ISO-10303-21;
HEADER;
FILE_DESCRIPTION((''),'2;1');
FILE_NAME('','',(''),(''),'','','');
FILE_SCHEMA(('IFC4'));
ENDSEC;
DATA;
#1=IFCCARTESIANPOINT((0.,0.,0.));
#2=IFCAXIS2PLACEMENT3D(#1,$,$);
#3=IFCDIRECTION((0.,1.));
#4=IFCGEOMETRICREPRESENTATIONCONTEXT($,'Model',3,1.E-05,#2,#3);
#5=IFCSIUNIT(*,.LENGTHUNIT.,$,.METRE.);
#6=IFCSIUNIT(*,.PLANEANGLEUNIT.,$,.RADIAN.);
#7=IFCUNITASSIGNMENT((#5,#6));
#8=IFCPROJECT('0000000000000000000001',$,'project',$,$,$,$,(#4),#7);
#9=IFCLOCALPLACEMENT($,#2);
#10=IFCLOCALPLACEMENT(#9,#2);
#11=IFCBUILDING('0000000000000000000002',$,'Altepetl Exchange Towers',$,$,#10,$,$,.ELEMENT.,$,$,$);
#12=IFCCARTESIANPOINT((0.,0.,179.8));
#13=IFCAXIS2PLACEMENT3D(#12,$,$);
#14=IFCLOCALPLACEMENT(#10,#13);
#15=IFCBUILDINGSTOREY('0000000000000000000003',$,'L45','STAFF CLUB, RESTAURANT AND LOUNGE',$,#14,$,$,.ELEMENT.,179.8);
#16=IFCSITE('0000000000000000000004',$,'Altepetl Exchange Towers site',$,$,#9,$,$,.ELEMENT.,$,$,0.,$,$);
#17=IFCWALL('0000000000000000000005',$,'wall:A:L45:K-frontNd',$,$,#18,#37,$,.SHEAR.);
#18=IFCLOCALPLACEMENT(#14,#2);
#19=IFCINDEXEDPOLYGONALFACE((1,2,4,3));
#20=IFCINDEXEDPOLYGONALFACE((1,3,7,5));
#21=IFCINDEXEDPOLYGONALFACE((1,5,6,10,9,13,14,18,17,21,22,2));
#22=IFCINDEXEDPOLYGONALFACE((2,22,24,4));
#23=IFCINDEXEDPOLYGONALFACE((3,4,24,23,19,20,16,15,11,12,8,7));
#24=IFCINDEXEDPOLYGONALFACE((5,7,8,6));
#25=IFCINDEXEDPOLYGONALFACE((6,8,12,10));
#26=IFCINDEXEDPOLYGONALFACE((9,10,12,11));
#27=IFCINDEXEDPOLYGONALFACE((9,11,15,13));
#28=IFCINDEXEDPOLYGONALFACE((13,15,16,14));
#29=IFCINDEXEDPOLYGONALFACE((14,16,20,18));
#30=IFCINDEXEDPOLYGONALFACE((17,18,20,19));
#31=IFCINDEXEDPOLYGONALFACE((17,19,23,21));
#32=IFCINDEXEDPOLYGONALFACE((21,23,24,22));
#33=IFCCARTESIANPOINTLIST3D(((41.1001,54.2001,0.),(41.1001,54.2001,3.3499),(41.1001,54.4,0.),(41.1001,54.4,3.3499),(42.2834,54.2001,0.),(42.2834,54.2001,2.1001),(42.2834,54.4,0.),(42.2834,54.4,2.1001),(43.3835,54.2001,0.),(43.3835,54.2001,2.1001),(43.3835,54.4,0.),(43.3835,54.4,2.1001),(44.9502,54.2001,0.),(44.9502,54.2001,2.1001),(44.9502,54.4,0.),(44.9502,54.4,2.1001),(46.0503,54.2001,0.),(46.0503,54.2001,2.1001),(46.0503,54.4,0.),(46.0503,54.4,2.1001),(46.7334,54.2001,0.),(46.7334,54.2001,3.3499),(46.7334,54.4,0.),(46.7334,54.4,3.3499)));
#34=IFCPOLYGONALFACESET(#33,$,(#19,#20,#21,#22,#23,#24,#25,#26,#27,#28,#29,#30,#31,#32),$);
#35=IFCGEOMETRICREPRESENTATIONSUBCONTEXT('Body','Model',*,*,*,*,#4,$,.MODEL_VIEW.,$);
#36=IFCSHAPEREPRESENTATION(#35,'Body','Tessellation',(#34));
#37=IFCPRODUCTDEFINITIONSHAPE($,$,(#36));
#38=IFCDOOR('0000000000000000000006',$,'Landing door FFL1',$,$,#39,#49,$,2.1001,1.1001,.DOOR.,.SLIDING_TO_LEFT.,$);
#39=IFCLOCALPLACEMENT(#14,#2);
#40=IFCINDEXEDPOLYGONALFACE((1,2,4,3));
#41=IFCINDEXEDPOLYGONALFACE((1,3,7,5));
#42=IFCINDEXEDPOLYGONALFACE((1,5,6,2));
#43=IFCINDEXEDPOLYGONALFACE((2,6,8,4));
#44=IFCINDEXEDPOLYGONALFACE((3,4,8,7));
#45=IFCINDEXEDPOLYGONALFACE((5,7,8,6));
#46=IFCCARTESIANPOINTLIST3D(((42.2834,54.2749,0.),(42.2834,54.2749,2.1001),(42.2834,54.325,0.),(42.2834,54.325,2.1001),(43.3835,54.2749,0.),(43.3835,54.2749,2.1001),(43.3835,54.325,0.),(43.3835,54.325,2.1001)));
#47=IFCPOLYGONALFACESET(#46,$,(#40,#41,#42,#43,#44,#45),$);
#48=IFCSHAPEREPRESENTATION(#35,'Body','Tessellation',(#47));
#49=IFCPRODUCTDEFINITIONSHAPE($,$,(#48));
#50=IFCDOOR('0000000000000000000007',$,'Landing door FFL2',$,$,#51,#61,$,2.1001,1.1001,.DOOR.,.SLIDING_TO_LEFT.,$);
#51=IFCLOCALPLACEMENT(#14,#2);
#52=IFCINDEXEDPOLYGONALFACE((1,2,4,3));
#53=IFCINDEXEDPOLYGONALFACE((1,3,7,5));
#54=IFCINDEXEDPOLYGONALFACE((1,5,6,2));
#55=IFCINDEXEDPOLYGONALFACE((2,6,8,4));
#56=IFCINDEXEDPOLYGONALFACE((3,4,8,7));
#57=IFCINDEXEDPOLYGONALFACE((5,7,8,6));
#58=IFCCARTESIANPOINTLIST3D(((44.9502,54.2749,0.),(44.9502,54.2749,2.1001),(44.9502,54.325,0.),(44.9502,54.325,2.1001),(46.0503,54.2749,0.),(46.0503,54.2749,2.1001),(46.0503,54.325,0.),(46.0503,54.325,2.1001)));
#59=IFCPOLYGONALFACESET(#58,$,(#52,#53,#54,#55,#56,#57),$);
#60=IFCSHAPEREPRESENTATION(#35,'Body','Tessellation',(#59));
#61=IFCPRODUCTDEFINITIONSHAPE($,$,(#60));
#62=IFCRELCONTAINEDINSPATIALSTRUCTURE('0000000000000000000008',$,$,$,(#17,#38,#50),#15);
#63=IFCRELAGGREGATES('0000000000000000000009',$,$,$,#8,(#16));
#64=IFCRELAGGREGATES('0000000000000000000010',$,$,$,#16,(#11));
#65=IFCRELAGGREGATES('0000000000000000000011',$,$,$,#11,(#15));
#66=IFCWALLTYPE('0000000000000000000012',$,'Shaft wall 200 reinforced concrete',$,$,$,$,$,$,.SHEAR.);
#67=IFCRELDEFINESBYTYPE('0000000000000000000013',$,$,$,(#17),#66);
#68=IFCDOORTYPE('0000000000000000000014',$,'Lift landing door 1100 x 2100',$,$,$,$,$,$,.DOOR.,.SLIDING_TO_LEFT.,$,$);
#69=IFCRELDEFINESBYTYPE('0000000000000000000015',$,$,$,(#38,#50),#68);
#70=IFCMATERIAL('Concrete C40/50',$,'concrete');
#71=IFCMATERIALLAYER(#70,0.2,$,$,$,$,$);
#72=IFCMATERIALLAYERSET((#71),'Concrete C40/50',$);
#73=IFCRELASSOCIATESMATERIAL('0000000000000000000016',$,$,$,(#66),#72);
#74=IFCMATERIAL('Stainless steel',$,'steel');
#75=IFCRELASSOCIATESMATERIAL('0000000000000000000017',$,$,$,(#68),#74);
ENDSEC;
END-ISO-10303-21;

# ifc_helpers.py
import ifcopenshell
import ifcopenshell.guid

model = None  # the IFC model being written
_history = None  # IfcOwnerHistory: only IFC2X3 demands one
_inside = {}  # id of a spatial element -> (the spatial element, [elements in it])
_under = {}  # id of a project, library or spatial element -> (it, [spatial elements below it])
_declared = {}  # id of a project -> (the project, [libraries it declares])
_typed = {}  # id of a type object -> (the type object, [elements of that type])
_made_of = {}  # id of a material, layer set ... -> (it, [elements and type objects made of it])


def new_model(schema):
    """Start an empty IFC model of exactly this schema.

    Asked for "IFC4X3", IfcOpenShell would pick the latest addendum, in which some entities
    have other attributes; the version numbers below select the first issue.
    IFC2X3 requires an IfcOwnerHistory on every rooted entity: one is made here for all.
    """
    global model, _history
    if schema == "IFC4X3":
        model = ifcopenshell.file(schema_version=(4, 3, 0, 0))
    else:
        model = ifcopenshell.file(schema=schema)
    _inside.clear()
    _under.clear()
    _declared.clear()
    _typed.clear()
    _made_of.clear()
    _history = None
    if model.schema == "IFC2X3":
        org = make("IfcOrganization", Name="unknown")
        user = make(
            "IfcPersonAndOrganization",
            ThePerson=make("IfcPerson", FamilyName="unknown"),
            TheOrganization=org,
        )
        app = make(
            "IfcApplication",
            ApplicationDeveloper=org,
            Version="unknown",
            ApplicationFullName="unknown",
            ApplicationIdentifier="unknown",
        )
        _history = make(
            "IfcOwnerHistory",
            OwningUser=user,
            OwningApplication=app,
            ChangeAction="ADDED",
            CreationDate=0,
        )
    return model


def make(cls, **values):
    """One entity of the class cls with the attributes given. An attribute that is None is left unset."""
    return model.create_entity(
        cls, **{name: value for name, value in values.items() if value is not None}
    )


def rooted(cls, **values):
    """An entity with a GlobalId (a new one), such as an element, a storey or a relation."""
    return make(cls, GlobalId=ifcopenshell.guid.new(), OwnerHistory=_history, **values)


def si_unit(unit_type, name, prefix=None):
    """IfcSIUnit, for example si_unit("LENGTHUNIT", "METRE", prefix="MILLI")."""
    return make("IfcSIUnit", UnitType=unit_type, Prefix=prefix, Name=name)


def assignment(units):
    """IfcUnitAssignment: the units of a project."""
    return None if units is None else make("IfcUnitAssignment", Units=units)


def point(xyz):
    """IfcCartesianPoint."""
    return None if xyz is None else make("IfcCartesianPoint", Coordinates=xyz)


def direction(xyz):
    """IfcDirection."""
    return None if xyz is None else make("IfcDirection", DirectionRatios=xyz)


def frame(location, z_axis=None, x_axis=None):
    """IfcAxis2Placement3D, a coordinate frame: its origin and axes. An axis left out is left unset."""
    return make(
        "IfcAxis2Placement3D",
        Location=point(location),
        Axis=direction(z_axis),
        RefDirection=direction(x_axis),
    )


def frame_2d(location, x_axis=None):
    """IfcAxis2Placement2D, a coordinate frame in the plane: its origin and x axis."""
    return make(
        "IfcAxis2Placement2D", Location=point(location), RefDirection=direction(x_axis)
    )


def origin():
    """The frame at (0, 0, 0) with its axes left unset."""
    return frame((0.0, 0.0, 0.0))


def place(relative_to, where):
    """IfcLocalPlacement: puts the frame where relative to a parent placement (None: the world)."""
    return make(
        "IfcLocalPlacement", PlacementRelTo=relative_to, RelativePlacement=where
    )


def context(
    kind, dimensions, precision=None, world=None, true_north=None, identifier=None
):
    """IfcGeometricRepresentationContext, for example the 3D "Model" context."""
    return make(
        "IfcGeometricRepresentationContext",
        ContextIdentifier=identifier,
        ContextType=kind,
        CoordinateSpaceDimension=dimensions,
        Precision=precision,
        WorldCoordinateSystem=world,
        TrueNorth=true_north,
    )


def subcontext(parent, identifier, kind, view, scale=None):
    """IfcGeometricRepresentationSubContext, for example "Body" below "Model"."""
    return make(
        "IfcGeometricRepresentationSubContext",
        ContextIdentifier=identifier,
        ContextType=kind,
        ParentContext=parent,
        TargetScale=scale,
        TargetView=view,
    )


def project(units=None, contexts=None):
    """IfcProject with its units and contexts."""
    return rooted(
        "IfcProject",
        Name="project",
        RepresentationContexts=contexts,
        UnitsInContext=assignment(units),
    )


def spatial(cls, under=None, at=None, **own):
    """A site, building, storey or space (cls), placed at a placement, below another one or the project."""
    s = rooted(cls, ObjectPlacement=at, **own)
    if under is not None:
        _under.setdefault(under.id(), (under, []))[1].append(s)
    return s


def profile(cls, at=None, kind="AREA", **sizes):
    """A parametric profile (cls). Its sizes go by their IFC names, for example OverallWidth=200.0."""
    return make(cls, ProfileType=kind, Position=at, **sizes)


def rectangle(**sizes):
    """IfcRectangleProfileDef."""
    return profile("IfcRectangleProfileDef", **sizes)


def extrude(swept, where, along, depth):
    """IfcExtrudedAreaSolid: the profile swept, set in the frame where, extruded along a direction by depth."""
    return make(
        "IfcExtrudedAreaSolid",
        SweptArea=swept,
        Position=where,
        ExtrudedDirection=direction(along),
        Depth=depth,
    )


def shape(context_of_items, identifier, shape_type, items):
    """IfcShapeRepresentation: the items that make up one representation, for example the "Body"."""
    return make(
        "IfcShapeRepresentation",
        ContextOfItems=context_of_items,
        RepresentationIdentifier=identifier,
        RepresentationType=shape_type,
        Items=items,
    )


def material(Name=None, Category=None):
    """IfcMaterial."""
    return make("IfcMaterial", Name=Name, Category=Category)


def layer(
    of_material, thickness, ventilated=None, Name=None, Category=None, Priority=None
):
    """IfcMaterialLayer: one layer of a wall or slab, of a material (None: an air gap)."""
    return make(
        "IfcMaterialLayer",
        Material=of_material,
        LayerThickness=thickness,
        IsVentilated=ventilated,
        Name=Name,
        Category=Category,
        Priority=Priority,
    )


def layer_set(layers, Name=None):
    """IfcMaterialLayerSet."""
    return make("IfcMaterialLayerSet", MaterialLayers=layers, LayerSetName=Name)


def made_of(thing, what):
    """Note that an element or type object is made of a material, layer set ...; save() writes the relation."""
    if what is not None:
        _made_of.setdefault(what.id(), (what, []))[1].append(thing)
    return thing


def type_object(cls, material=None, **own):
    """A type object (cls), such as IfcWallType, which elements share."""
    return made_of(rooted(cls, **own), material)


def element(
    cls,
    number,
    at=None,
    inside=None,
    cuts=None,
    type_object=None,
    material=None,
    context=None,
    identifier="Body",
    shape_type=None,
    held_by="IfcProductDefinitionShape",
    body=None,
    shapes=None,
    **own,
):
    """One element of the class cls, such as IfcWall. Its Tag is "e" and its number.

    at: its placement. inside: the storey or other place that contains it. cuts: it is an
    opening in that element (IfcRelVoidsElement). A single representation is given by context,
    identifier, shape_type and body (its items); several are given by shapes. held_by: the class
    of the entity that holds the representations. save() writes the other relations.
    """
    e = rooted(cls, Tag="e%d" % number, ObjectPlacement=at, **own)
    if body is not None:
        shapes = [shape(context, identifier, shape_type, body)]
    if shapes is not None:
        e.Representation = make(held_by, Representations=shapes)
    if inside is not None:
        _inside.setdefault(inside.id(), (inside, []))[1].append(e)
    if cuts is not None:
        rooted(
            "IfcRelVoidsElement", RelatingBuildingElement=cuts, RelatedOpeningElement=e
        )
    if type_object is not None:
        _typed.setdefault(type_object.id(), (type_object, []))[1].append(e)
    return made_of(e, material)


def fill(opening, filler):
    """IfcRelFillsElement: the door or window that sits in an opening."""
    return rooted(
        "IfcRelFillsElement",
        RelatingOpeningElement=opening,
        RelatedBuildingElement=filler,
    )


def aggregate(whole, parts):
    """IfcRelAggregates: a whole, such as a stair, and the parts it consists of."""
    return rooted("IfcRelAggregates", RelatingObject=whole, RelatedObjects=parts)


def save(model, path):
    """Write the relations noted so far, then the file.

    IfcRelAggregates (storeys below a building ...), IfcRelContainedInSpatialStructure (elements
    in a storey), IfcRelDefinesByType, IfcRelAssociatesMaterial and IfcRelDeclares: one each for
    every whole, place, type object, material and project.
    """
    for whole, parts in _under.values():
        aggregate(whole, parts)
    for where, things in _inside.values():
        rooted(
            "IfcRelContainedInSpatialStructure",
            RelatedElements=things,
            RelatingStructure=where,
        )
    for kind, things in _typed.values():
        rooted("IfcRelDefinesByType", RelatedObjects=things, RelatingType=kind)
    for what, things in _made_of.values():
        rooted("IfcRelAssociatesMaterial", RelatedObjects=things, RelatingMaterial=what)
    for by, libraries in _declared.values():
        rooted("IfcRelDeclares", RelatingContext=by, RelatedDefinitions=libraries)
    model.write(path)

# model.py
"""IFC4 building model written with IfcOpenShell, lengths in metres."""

from ifc_helpers import new_model, si_unit, direction, frame, frame_2d, origin, place, context, subcontext, project, spatial, rectangle, extrude, material, layer, layer_set, type_object, element, fill, save


model = new_model("IFC4")

# Units and contexts
model_context = context("Model", 3, precision=1e-05, world=origin(), true_north=direction((0.0, 1.0)))
body_context = subcontext(model_context, "Body", "Model", "MODEL_VIEW")
ifc_project = project(units=[si_unit("LENGTHUNIT", "METRE"), si_unit("PLANEANGLEUNIT", "RADIAN")], contexts=[model_context])

# Site, building, storey
site_placement = place(None, origin())
site = spatial("IfcSite", under=ifc_project, at=site_placement, Name="Altepetl Exchange Towers site", CompositionType="ELEMENT", RefElevation=0.0)
building_placement = place(site_placement, origin())
building = spatial("IfcBuilding", under=site, at=building_placement, Name="Altepetl Exchange Towers", CompositionType="ELEMENT")
storey_placement = place(building_placement, frame((0.0, 0.0, 179.8)))
storey = spatial("IfcBuildingStorey", under=building, at=storey_placement, Name="L45", Description="STAFF CLUB, RESTAURANT AND LOUNGE", CompositionType="ELEMENT", Elevation=179.8)

# Shared definitions
ifc_material_1 = material(Name="Concrete C40/50", Category="concrete")
ifc_layer_1 = layer(ifc_material_1, 0.2)
ifc_layer_set_1 = layer_set([ifc_layer_1], Name="Concrete C40/50")
wall_type_1 = type_object("IfcWallType", Name="Shaft wall 200 reinforced concrete", PredefinedType="SHEAR", material=ifc_layer_set_1)

# Wall, openings, doors
ifc_material_2 = material(Name="Stainless steel", Category="steel")
wall_1_placement = place(storey_placement, frame((41.1001, 54.3, 0.0)))
wall_1 = element("IfcWall", 1, at=wall_1_placement, inside=storey, type_object=wall_type_1, Name="wall:A:L45:K-frontNd", PredefinedType="SHEAR", context=body_context, shape_type="SweptSolid", body=[
    extrude(rectangle(XDim=5.6333, YDim=0.2, at=frame_2d((2.8167, 0.0))), origin(), (0.0, 0.0, 1.0), 3.3499),
])
opening_1_placement = place(wall_1_placement, frame((1.1833, 0.0, 0.0)))
opening_1 = element("IfcOpeningElement", 2, at=opening_1_placement, cuts=wall_1, PredefinedType="OPENING", context=body_context, shape_type="SweptSolid", body=[
    extrude(rectangle(XDim=1.1001, YDim=2.1001, at=frame_2d((0.55, 1.05))), frame((0.0, 0.1099, 0.0), z_axis=(0.0, -1.0, 0.0), x_axis=(1.0, 0.0, 0.0)), (0.0, 0.0, 1.0), 0.22),
])
opening_2_placement = place(wall_1_placement, frame((3.8501, 0.0, 0.0)))
opening_2 = element("IfcOpeningElement", 3, at=opening_2_placement, cuts=wall_1, PredefinedType="OPENING", context=body_context, shape_type="SweptSolid", body=[
    extrude(rectangle(XDim=1.1001, YDim=2.1001, at=frame_2d((0.55, 1.05))), frame((0.0, 0.1099, 0.0), z_axis=(0.0, -1.0, 0.0), x_axis=(1.0, 0.0, 0.0)), (0.0, 0.0, 1.0), 0.22),
])
door_type_1 = type_object("IfcDoorType", Name="Lift landing door 1100 x 2100", OperationType="SLIDING_TO_LEFT", PredefinedType="DOOR", material=ifc_material_2)
door_1_placement = place(opening_1_placement, origin())
door_1 = element("IfcDoor", 4, at=door_1_placement, inside=storey, type_object=door_type_1, Name="Landing door FFL1", OperationType="SLIDING_TO_LEFT", OverallHeight=2.1001, OverallWidth=1.1001, PredefinedType="DOOR", context=body_context, shape_type="SweptSolid", body=[
    extrude(rectangle(XDim=1.1001, YDim=2.1001, at=frame_2d((0.55, 1.05))), frame((0.0, 0.0249, 0.0), z_axis=(0.0, -1.0, 0.0), x_axis=(1.0, 0.0, 0.0)), (0.0, 0.0, 1.0), 0.05),
])
fill(opening_1, door_1)
door_2_placement = place(opening_2_placement, origin())
door_2 = element("IfcDoor", 5, at=door_2_placement, inside=storey, type_object=door_type_1, Name="Landing door FFL2", OperationType="SLIDING_TO_LEFT", OverallHeight=2.1001, OverallWidth=1.1001, PredefinedType="DOOR", context=body_context, shape_type="SweptSolid", body=[
    extrude(rectangle(XDim=1.1001, YDim=2.1001, at=frame_2d((0.55, 1.05))), frame((0.0, 0.0249, 0.0), z_axis=(0.0, -1.0, 0.0), x_axis=(1.0, 0.0, 0.0)), (0.0, 0.0, 1.0), 0.05),
])
fill(opening_2, door_2)

save(model, "model.ifc")
